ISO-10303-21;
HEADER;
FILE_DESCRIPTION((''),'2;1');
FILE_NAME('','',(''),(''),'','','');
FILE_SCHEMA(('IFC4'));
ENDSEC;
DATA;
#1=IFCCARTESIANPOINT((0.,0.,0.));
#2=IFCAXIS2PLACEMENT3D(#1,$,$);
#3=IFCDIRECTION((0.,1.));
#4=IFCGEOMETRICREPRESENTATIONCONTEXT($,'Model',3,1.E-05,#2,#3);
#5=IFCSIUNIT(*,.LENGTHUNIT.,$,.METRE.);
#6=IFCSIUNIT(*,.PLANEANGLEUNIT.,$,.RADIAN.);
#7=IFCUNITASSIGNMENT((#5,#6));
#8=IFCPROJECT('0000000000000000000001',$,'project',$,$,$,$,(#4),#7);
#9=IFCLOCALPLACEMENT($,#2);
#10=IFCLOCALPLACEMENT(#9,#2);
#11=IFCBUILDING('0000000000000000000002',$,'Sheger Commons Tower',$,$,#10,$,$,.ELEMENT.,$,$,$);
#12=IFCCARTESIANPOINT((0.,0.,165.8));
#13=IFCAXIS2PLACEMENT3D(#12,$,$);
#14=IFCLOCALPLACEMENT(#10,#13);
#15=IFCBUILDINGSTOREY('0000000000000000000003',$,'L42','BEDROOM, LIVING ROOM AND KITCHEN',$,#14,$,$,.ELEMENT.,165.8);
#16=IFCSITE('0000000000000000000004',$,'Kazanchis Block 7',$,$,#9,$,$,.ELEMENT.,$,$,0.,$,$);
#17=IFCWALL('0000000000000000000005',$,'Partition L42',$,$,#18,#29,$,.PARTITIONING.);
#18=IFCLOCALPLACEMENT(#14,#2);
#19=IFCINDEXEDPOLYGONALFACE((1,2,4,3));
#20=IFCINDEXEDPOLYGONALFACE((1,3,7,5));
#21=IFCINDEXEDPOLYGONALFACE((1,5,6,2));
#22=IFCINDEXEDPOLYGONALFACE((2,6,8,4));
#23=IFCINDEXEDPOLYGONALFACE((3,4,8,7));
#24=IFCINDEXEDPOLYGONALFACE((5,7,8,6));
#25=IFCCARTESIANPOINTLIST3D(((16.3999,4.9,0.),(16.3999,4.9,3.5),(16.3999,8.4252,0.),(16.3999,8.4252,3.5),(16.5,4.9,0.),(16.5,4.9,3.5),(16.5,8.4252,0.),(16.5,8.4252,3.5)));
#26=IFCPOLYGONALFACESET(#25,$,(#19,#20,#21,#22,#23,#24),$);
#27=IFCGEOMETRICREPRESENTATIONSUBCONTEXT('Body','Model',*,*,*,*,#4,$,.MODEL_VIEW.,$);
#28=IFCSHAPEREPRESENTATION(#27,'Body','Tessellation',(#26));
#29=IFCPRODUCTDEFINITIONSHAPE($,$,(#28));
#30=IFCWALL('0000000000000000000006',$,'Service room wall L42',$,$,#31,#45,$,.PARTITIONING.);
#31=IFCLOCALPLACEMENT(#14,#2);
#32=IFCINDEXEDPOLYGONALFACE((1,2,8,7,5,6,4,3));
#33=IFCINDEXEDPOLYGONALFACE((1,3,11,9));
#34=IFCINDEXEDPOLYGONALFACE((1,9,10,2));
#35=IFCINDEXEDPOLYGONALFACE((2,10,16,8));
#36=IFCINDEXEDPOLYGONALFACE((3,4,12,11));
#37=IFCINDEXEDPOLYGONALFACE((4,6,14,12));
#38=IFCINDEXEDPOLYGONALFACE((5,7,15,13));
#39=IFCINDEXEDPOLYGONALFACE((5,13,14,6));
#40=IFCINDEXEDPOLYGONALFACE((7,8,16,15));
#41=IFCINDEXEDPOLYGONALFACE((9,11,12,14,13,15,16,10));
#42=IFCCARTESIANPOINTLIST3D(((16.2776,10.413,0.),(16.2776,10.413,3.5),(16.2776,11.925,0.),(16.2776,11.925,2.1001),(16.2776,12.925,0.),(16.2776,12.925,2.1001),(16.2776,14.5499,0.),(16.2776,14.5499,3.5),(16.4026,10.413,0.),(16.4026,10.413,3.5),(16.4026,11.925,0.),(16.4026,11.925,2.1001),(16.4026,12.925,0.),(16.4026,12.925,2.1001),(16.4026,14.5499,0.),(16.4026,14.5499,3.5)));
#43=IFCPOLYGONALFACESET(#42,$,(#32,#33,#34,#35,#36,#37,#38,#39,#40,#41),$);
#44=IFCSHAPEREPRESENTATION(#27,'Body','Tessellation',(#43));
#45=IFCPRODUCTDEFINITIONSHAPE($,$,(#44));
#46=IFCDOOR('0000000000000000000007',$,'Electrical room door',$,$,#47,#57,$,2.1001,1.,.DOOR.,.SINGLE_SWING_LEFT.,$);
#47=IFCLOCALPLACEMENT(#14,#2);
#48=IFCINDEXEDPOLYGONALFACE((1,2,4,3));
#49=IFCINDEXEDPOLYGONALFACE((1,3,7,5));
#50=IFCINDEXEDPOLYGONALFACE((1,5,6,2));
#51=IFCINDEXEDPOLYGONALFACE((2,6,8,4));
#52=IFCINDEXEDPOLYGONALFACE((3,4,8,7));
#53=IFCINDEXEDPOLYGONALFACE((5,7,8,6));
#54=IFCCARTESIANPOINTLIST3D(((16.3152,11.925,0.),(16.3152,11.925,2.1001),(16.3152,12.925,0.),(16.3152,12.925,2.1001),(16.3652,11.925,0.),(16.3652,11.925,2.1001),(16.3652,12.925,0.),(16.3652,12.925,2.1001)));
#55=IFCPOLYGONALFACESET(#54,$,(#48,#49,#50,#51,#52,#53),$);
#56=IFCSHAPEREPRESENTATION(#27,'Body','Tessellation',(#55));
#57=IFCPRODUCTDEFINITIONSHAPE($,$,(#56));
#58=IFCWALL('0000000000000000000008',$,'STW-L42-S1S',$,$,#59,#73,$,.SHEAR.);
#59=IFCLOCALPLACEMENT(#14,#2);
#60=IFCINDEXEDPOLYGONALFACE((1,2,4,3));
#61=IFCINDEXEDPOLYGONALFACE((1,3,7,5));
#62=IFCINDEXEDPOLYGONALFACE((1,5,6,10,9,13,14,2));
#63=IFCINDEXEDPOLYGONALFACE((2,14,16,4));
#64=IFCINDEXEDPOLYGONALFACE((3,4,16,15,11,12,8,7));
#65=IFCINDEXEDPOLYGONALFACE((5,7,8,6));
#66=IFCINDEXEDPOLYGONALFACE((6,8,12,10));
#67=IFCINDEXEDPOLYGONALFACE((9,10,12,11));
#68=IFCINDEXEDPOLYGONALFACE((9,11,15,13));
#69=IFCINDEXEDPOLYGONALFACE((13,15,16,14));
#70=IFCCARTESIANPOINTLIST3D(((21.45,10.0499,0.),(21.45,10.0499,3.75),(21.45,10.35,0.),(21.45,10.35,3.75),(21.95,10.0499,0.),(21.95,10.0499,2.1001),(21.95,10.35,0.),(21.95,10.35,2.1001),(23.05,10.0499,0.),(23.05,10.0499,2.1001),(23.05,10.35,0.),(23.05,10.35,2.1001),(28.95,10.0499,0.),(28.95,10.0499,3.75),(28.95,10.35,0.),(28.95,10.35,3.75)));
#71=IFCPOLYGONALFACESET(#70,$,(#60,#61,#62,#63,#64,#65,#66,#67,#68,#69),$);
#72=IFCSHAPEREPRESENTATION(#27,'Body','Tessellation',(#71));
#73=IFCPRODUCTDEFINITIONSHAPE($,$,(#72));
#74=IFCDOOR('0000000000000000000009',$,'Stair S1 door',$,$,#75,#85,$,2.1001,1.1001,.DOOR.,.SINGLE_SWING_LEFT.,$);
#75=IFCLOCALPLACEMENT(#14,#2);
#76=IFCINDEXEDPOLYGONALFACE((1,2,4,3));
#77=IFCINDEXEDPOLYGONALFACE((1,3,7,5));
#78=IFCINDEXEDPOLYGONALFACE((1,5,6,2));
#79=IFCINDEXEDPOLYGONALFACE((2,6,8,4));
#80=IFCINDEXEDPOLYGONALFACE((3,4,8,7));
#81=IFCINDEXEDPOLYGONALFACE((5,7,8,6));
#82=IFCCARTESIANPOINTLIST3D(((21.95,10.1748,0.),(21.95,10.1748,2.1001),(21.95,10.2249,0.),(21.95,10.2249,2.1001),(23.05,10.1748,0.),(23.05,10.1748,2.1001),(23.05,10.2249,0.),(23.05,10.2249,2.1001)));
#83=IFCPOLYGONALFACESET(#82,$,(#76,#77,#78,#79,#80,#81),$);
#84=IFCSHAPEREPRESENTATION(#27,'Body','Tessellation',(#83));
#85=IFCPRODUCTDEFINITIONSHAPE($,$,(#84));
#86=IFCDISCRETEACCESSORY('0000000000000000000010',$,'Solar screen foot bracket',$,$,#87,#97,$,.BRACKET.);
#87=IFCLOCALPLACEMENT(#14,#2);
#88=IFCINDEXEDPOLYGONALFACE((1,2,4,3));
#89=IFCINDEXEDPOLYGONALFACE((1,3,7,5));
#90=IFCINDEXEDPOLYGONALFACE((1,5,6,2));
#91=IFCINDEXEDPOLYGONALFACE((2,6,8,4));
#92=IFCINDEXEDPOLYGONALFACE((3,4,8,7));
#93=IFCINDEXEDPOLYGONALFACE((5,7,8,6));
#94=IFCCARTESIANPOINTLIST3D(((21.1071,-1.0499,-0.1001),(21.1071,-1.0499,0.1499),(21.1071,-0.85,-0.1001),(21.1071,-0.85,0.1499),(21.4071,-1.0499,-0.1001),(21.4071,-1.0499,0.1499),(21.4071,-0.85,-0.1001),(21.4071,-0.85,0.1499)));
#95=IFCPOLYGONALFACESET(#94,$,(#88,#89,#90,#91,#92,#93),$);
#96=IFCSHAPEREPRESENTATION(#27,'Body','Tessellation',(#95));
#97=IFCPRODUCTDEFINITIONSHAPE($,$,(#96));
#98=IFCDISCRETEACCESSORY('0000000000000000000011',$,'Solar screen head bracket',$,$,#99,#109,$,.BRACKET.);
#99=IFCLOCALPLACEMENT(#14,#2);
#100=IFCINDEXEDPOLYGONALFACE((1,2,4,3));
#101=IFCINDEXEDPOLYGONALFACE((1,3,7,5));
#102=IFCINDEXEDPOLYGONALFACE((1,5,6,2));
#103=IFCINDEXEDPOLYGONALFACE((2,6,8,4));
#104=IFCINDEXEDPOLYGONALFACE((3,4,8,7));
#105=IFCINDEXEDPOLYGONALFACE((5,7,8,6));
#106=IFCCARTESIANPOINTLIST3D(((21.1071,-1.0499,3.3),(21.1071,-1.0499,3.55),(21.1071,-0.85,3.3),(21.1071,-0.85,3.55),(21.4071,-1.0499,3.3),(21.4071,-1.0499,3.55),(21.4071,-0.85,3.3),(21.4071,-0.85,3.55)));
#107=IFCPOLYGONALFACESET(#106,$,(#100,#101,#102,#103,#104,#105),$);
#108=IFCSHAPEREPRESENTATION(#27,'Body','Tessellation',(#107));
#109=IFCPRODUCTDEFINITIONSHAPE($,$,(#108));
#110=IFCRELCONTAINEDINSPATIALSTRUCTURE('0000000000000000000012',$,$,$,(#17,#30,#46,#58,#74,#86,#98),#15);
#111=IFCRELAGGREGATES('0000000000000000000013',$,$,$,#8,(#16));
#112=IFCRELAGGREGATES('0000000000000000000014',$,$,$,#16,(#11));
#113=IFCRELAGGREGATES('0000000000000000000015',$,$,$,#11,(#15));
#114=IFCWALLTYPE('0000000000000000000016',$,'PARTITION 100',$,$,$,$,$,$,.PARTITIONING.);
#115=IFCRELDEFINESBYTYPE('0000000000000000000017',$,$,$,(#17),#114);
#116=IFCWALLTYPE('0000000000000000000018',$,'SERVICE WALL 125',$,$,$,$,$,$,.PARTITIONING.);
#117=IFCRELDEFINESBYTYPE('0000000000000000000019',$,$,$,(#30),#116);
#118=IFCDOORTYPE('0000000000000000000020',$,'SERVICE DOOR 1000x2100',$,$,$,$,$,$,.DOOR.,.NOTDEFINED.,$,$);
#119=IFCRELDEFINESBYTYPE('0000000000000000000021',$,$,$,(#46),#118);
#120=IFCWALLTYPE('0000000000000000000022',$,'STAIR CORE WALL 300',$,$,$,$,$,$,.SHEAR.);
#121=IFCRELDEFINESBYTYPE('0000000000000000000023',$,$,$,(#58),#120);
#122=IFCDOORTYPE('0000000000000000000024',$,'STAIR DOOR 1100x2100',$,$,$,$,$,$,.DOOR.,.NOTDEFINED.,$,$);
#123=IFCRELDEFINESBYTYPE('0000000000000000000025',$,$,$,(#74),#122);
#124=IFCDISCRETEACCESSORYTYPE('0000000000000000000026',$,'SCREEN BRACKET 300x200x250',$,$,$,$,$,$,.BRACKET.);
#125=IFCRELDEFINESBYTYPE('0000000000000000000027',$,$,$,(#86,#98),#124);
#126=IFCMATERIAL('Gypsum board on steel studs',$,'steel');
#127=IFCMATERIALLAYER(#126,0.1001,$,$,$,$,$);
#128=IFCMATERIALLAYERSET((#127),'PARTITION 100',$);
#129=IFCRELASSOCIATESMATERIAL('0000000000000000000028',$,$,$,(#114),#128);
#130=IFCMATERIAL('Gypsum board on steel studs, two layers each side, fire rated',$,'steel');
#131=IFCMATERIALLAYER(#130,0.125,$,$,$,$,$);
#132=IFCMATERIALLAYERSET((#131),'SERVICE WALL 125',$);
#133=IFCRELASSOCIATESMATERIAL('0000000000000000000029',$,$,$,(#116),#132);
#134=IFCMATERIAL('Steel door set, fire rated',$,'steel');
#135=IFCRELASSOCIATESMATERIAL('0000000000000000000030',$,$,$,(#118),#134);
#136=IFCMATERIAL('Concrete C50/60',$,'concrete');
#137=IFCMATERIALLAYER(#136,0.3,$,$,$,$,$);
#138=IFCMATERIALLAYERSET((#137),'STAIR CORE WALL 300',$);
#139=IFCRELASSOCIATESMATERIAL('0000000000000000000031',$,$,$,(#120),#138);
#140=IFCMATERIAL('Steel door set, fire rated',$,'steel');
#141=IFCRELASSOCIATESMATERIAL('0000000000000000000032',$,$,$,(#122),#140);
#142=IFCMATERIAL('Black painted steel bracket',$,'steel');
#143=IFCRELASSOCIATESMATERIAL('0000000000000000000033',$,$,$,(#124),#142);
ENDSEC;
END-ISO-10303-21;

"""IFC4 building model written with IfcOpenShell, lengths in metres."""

from ifc_helpers import new_model, si_unit, direction, frame, frame_2d, origin, origin_2d, place, context, subcontext, project, spatial, rectangle, extrude, material, layer, layer_set, type_object, element, fill, save


model = new_model("IFC4")

# Units and contexts
model_context = context("Model", 3, precision=1e-05, world=origin(), true_north=direction((0.0, 1.0)))
body_context = subcontext(model_context, "Body", "Model", "MODEL_VIEW")
ifc_project = project(units=[si_unit("LENGTHUNIT", "METRE"), si_unit("PLANEANGLEUNIT", "RADIAN")], contexts=[model_context])

# Site, building, storey
site_placement = place(None, origin())
site = spatial("IfcSite", under=ifc_project, at=site_placement, Name="Kazanchis Block 7", CompositionType="ELEMENT", RefElevation=0.0)
building_placement = place(site_placement, origin())
building = spatial("IfcBuilding", under=site, at=building_placement, Name="Sheger Commons Tower", CompositionType="ELEMENT")
storey_placement = place(building_placement, frame((0.0, 0.0, 165.8)))
storey = spatial("IfcBuildingStorey", under=building, at=storey_placement, Name="L42", Description="BEDROOM, LIVING ROOM AND KITCHEN", CompositionType="ELEMENT", Elevation=165.8)

# Shared definitions
ifc_material_1 = material(Name="Gypsum board on steel studs", Category="steel")
ifc_layer_1 = layer(ifc_material_1, 0.1001)
ifc_layer_set_1 = layer_set([ifc_layer_1], Name="PARTITION 100")
wall_type_1 = type_object("IfcWallType", Name="PARTITION 100", PredefinedType="PARTITIONING", material=ifc_layer_set_1)

# Wall
wall_1_placement = place(storey_placement, frame((16.45, 4.8999, 0.0), z_axis=(0.0, 0.0, 1.0), x_axis=(0.0, 1.0, 0.0)))
element("IfcWall", 1, at=wall_1_placement, inside=storey, type_object=wall_type_1, Name="Partition L42", PredefinedType="PARTITIONING", context=body_context, shape_type="SweptSolid", body=[
    extrude(rectangle(XDim=3.5251, YDim=0.1001, at=frame_2d((1.7627, 0.0))), origin(), (0.0, 0.0, 1.0), 3.5),
])

# Walls, openings, doors
ifc_material_2 = material(Name="Gypsum board on steel studs, two layers each side, fire rated", Category="steel")
ifc_layer_2 = layer(ifc_material_2, 0.125)
ifc_layer_set_2 = layer_set([ifc_layer_2], Name="SERVICE WALL 125")
wall_type_2 = type_object("IfcWallType", Name="SERVICE WALL 125", PredefinedType="PARTITIONING", material=ifc_layer_set_2)
wall_2_placement = place(storey_placement, frame((16.3401, 10.4131, 0.0), z_axis=(0.0, 0.0, 1.0), x_axis=(0.0, 1.0, 0.0)))
wall_2 = element("IfcWall", 2, at=wall_2_placement, inside=storey, type_object=wall_type_2, Name="Service room wall L42", PredefinedType="PARTITIONING", context=body_context, shape_type="SweptSolid", body=[
    extrude(rectangle(XDim=4.137, YDim=0.125, at=frame_2d((2.0684, 0.0))), origin(), (0.0, 0.0, 1.0), 3.5),
])
opening_1_placement = place(wall_2_placement, frame((1.512, 0.0, 0.0)))
opening_1 = element("IfcOpeningElement", 3, at=opening_1_placement, cuts=wall_2, PredefinedType="OPENING", context=body_context, shape_type="SweptSolid", body=[
    extrude(rectangle(XDim=1.0, YDim=2.1001, at=frame_2d((0.5, 1.05))), frame((0.0, 0.0725, 0.0), z_axis=(0.0, -1.0, 0.0), x_axis=(1.0, 0.0, 0.0)), (0.0, 0.0, 1.0), 0.145),
])
ifc_material_3 = material(Name="Steel door set, fire rated", Category="steel")
door_type_1 = type_object("IfcDoorType", Name="SERVICE DOOR 1000x2100", OperationType="NOTDEFINED", PredefinedType="DOOR", material=ifc_material_3)
door_1_placement = place(opening_1_placement, origin())
door_1 = element("IfcDoor", 4, at=door_1_placement, inside=storey, type_object=door_type_1, Name="Electrical room door", OperationType="SINGLE_SWING_LEFT", OverallHeight=2.1001, OverallWidth=1.0, PredefinedType="DOOR", context=body_context, shape_type="SweptSolid", body=[
    extrude(rectangle(XDim=1.0, YDim=2.1001, at=frame_2d((0.5, 1.05))), frame((0.0, 0.0249, 0.0), z_axis=(0.0, -1.0, 0.0), x_axis=(1.0, 0.0, 0.0)), (0.0, 0.0, 1.0), 0.05),
])
fill(opening_1, door_1)
ifc_material_4 = material(Name="Concrete C50/60", Category="concrete")
ifc_layer_3 = layer(ifc_material_4, 0.3)
ifc_layer_set_3 = layer_set([ifc_layer_3], Name="STAIR CORE WALL 300")
wall_type_3 = type_object("IfcWallType", Name="STAIR CORE WALL 300", PredefinedType="SHEAR", material=ifc_layer_set_3)
wall_3_placement = place(storey_placement, frame((21.45, 10.2, 0.0), z_axis=(0.0, 0.0, 1.0), x_axis=(1.0, 0.0, 0.0)))
wall_3 = element("IfcWall", 5, at=wall_3_placement, inside=storey, type_object=wall_type_3, Name="STW-L42-S1S", PredefinedType="SHEAR", context=body_context, shape_type="SweptSolid", body=[
    extrude(rectangle(XDim=7.5, YDim=0.3, at=frame_2d((3.75, 0.0))), origin(), (0.0, 0.0, 1.0), 3.75),
])
opening_2_placement = place(wall_3_placement, frame((0.5, 0.0, 0.0)))
opening_2 = element("IfcOpeningElement", 6, at=opening_2_placement, cuts=wall_3, PredefinedType="OPENING", context=body_context, shape_type="SweptSolid", body=[
    extrude(rectangle(XDim=1.1001, YDim=2.1001, at=frame_2d((0.55, 1.05))), frame((0.0, 0.1599, 0.0), z_axis=(0.0, -1.0, 0.0), x_axis=(1.0, 0.0, 0.0)), (0.0, 0.0, 1.0), 0.3201),
])
ifc_material_5 = material(Name="Steel door set, fire rated", Category="steel")
door_type_2 = type_object("IfcDoorType", Name="STAIR DOOR 1100x2100", OperationType="NOTDEFINED", PredefinedType="DOOR", material=ifc_material_5)
door_2_placement = place(opening_2_placement, origin())
door_2 = element("IfcDoor", 7, at=door_2_placement, inside=storey, type_object=door_type_2, Name="Stair S1 door", OperationType="SINGLE_SWING_LEFT", OverallHeight=2.1001, OverallWidth=1.1001, PredefinedType="DOOR", context=body_context, shape_type="SweptSolid", body=[
    extrude(rectangle(XDim=1.1001, YDim=2.1001, at=frame_2d((0.55, 1.05))), frame((0.0, 0.0249, 0.0), z_axis=(0.0, -1.0, 0.0), x_axis=(1.0, 0.0, 0.0)), (0.0, 0.0, 1.0), 0.05),
])
fill(opening_2, door_2)

# Discrete accessories
ifc_material_6 = material(Name="Black painted steel bracket", Category="steel")
discrete_accessory_type = type_object("IfcDiscreteAccessoryType", Name="SCREEN BRACKET 300x200x250", PredefinedType="BRACKET", material=ifc_material_6)
for number, where, z_axis, x_axis, name in (
    (8, (21.2571, -0.95, -0.1001), (0.0, 0.0, 1.0), (1.0, 0.0, 0.0), "Solar screen foot bracket"),
    (9, (21.2571, -0.95, 3.3), (0.0, 0.0, 1.0), (1.0, 0.0, 0.0), "Solar screen head bracket"),
):
    element("IfcDiscreteAccessory", number, at=place(storey_placement, frame(where, z_axis=z_axis, x_axis=x_axis)), inside=storey, type_object=discrete_accessory_type, Name=name, PredefinedType="BRACKET", context=body_context, shape_type="SweptSolid", body=[
        extrude(rectangle(XDim=0.3, YDim=0.2, at=origin_2d()), origin(), (0.0, 0.0, 1.0), 0.25),
    ])

save(model, "model.ifc")
